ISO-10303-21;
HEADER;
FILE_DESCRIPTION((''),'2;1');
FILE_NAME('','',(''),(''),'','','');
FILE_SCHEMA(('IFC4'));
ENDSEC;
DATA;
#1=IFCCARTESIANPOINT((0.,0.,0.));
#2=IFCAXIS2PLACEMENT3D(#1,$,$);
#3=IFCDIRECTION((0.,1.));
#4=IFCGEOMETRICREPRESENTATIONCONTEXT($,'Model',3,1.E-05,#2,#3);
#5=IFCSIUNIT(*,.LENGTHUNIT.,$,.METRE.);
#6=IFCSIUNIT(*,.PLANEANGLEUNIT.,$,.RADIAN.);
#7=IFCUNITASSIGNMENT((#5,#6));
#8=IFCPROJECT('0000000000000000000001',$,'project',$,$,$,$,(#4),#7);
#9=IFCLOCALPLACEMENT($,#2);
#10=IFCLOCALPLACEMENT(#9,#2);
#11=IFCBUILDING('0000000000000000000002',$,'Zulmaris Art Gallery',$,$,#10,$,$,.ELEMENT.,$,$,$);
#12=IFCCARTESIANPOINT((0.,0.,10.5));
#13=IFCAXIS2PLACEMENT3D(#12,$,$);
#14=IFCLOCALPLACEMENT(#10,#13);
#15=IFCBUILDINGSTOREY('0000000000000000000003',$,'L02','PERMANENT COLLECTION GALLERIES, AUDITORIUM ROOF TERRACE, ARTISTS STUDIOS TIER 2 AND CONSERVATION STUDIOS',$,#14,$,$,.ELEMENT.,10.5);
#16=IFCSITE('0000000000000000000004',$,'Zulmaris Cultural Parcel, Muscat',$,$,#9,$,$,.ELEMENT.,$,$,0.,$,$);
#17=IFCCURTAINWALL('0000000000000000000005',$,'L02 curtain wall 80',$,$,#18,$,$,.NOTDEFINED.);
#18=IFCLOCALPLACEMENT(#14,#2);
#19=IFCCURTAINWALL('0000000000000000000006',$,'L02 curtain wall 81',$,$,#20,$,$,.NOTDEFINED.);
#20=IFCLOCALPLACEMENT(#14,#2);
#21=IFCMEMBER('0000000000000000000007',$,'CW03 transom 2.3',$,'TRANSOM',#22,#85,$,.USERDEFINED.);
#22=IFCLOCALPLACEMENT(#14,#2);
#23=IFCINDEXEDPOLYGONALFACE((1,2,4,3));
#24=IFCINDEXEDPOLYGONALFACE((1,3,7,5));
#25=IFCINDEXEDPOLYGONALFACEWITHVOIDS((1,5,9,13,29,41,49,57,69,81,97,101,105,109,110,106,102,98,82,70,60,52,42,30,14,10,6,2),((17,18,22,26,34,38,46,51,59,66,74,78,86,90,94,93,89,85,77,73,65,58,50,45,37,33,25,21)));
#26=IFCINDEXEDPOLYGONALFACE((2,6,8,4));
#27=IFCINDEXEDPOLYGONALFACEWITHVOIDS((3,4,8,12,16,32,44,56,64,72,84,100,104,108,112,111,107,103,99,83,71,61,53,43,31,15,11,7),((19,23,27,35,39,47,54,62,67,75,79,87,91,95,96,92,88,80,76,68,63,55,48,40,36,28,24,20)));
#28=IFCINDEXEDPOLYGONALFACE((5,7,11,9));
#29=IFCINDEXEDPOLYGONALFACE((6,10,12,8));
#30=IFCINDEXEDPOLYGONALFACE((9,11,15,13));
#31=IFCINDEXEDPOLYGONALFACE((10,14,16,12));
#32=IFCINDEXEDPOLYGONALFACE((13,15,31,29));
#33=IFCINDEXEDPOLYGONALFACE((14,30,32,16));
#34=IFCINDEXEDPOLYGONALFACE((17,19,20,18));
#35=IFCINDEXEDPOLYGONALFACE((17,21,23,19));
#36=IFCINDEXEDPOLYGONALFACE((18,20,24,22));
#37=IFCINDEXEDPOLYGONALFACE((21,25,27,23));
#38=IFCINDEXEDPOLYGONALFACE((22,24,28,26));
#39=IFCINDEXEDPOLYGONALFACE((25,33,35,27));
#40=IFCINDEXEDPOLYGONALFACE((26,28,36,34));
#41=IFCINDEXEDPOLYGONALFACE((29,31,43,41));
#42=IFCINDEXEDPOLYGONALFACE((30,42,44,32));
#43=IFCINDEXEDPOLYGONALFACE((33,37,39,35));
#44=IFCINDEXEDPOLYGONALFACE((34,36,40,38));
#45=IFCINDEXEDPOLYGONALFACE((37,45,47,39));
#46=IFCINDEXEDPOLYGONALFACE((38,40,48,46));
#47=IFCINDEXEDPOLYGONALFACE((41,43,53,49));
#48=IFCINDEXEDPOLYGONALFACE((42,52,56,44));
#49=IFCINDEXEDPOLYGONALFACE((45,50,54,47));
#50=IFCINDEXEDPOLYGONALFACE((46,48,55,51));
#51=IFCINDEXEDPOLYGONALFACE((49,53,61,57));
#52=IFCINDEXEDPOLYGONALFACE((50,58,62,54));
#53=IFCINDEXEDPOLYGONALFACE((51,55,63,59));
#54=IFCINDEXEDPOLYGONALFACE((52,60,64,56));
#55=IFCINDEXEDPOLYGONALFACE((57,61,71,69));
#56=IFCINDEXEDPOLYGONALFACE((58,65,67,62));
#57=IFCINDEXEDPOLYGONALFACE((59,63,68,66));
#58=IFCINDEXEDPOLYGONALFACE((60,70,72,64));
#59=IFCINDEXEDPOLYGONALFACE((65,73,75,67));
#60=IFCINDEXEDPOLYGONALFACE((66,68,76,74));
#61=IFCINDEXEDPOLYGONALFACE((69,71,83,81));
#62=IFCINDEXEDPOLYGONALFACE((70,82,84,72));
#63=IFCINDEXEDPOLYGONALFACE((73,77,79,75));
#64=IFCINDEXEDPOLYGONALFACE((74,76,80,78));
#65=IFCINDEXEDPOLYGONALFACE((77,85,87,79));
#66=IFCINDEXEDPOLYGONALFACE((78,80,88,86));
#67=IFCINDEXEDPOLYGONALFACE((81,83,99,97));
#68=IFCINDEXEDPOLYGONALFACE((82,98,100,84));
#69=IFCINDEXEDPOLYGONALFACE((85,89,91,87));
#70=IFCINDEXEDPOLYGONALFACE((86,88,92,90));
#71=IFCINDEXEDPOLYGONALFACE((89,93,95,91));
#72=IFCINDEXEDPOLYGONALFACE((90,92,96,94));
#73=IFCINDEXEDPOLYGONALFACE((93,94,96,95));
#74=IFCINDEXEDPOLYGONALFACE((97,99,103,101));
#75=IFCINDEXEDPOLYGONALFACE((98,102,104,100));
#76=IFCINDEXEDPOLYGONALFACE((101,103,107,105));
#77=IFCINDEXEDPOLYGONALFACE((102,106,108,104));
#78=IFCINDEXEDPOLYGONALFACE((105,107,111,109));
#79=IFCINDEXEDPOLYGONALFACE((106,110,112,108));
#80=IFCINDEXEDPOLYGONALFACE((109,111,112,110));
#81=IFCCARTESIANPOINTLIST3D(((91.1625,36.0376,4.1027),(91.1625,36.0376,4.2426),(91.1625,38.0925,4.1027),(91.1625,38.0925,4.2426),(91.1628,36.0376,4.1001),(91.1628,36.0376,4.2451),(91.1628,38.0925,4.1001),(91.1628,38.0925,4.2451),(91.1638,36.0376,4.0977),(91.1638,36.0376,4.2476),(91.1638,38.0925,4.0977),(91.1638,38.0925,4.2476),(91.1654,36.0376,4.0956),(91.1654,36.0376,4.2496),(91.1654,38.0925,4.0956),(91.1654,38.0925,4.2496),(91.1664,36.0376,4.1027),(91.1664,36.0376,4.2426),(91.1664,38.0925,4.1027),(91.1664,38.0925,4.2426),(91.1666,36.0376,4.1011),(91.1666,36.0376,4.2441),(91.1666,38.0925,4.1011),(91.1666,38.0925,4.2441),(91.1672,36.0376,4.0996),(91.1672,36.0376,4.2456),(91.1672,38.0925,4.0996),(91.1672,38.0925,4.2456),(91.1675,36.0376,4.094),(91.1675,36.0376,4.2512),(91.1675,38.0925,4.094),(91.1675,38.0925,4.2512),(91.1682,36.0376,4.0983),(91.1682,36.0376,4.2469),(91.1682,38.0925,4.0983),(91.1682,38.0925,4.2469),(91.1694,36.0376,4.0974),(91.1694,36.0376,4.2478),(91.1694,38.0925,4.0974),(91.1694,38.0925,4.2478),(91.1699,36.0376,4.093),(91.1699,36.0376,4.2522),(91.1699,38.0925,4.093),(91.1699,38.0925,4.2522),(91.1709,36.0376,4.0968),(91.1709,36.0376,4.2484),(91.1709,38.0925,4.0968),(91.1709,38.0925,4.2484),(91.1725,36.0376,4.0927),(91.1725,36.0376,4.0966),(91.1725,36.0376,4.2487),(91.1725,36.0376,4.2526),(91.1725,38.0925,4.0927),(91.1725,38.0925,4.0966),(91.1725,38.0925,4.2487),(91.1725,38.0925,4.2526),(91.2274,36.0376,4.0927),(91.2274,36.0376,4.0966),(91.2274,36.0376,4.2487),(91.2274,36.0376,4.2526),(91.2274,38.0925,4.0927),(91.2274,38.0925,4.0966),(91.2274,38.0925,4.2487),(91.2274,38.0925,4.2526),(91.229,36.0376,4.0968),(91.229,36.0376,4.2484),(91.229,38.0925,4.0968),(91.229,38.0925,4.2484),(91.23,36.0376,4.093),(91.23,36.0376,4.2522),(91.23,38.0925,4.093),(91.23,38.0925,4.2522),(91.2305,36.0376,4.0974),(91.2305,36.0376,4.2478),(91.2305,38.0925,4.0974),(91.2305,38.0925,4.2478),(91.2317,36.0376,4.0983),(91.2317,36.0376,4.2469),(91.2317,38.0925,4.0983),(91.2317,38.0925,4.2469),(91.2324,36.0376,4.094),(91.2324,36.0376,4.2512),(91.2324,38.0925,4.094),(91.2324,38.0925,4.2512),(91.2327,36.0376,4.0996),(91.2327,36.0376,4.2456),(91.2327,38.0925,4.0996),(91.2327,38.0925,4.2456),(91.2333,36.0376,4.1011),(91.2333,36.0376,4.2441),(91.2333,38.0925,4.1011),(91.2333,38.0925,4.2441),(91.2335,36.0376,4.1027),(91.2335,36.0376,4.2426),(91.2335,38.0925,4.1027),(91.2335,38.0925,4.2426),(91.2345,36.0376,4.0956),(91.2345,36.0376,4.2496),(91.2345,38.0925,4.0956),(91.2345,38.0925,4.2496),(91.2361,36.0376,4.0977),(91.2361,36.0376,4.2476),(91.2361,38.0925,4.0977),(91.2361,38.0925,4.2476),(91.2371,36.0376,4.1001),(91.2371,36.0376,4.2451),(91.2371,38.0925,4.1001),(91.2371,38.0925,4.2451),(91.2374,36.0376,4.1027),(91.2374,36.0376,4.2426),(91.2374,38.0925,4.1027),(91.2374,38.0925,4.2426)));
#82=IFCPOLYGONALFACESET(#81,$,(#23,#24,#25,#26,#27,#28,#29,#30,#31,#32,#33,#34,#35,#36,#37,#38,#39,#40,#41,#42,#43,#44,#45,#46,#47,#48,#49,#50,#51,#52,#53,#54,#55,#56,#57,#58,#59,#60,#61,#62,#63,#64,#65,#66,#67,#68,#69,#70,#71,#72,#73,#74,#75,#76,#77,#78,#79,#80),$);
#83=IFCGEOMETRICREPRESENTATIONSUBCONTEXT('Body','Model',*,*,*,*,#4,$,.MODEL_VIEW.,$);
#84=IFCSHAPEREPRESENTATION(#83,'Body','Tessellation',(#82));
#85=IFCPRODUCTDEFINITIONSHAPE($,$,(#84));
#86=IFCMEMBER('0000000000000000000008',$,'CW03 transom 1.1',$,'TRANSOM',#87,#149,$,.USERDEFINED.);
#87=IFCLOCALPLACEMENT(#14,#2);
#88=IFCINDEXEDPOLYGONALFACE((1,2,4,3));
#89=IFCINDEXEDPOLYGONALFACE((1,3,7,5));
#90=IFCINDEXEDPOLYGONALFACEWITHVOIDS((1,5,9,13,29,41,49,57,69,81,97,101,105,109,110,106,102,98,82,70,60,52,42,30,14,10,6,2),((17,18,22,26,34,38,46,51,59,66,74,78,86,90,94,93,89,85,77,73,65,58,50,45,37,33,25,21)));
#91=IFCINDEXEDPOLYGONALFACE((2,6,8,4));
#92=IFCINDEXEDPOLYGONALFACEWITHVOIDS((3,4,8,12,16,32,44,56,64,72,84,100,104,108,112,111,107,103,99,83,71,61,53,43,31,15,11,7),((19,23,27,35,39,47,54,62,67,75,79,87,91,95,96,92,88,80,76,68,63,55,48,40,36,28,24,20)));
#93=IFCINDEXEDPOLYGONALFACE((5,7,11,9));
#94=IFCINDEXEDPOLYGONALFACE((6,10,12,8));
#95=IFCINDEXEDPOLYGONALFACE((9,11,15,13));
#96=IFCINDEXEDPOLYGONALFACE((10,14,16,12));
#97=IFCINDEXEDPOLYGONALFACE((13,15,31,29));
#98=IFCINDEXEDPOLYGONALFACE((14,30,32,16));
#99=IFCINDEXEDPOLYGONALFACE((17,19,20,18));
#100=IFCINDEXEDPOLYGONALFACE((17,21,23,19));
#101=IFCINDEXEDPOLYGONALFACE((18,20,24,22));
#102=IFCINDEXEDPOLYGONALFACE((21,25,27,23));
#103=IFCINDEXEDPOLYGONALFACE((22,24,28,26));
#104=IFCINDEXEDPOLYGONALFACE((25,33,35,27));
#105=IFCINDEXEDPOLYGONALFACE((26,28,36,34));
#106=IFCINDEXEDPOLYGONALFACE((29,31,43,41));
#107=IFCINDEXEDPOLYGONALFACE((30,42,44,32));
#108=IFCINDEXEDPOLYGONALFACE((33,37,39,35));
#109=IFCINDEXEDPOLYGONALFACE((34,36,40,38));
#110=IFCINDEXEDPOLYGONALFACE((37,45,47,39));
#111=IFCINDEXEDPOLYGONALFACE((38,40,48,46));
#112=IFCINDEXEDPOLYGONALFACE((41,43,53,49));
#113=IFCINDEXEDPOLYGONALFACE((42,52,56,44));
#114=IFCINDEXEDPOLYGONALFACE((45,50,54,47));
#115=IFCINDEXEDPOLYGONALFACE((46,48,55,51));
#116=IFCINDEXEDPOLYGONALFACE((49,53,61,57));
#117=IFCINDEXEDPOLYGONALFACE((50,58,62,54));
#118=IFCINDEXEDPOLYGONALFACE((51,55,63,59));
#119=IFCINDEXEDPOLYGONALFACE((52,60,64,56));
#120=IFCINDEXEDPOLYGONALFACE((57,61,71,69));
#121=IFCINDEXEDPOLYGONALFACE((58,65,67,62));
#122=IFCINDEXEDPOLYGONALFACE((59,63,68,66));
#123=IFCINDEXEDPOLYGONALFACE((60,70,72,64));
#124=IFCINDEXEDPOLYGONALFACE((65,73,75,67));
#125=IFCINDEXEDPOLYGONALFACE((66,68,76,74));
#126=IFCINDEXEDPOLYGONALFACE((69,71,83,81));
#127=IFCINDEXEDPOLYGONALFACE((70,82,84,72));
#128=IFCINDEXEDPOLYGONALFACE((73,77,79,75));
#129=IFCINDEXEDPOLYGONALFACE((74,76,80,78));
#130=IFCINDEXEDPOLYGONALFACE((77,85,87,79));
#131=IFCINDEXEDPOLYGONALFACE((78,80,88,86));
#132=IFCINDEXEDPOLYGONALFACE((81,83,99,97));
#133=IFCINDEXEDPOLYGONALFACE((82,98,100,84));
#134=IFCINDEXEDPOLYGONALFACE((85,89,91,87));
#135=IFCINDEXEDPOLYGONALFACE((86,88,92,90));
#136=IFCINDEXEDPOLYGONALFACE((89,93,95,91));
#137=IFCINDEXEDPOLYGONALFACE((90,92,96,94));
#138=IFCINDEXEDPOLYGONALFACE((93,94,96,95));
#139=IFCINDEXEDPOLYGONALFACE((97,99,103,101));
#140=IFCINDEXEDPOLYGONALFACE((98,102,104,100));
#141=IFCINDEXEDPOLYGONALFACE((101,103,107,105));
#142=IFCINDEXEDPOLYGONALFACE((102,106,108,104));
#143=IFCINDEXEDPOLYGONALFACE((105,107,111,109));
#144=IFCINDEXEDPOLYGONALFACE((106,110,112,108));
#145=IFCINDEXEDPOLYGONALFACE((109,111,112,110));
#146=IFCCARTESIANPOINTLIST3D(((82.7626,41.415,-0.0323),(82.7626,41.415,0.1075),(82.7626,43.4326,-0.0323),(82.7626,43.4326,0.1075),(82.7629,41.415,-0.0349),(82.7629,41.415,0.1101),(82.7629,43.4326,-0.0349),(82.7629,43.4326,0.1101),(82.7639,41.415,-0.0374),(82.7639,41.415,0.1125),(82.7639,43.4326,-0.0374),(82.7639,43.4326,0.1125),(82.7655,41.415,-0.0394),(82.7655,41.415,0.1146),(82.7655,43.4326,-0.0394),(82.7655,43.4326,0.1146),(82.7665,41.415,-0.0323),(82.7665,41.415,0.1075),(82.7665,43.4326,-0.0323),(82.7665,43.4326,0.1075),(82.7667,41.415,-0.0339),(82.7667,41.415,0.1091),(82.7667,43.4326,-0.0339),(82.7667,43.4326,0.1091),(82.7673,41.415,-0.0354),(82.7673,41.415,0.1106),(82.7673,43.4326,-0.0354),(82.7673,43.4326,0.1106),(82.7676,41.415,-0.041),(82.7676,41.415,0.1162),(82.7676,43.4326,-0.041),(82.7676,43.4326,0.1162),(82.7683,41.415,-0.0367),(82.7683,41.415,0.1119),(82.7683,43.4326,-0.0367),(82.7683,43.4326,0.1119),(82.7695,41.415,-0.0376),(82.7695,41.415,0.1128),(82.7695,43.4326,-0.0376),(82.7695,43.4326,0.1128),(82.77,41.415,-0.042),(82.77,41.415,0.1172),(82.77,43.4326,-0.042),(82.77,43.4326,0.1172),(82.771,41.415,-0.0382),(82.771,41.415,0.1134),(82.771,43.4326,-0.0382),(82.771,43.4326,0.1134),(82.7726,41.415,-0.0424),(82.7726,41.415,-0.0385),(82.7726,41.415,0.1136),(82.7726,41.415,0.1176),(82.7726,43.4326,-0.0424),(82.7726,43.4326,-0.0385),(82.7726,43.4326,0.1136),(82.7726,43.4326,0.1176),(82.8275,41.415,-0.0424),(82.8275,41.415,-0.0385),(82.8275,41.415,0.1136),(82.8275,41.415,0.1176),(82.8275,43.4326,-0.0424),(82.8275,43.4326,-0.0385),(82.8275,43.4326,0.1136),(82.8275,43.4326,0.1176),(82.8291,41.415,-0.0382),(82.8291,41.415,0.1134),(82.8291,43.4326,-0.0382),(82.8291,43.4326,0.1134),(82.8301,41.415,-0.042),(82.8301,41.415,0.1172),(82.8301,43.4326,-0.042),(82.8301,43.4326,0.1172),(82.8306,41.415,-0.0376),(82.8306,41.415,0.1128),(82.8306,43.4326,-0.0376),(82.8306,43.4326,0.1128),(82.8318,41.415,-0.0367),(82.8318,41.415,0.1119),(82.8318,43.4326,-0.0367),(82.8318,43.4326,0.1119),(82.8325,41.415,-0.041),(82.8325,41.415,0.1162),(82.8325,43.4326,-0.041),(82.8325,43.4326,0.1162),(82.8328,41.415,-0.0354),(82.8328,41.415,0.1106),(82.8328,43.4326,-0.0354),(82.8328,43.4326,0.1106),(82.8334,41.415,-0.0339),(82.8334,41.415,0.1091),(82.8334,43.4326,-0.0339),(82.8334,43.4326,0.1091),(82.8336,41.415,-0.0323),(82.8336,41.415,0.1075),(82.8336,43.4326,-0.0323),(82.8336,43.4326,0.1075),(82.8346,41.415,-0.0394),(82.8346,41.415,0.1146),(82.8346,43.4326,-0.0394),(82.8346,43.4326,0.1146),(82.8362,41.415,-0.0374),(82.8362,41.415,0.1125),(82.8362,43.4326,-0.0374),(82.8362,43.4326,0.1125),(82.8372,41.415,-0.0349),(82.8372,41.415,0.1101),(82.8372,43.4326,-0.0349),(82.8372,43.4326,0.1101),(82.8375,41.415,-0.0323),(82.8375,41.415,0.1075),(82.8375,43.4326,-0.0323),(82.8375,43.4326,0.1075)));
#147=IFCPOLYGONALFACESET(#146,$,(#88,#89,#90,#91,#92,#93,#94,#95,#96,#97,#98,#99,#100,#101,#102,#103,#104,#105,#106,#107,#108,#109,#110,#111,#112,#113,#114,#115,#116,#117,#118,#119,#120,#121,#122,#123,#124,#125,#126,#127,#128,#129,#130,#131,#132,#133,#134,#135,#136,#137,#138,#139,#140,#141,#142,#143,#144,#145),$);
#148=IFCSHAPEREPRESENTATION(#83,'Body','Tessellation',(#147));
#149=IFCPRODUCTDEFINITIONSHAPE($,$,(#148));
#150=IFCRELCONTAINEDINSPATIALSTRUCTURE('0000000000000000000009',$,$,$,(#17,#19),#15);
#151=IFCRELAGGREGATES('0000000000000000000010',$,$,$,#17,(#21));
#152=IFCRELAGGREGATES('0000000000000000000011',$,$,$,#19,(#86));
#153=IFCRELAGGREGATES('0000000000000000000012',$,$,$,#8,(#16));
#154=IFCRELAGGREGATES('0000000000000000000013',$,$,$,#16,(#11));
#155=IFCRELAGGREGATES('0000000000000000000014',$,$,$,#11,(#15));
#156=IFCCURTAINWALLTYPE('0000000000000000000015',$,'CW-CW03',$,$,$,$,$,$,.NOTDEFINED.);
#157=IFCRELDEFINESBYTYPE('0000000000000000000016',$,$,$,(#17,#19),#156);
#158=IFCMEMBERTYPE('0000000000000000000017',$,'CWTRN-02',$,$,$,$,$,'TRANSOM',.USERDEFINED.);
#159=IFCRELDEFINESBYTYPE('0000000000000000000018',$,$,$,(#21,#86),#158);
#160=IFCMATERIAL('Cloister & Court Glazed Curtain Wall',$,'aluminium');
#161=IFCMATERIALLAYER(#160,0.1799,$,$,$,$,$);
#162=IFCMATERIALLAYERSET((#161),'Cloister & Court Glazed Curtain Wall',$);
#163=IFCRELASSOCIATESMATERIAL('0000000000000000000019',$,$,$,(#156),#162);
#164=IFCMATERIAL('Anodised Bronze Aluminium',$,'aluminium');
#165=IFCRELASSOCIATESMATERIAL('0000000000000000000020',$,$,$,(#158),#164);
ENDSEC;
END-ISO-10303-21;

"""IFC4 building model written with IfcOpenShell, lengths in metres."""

from ifc_helpers import new_model, si_unit, direction, frame, origin, origin_2d, place, context, subcontext, project, spatial, hollow_rectangle, extrude, material, layer, layer_set, material_profile, profile_set, type_object, element, aggregate, save


model = new_model("IFC4")

# Units and contexts
model_context = context("Model", 3, precision=1e-05, world=origin(), true_north=direction((0.0, 1.0)))
body_context = subcontext(model_context, "Body", "Model", "MODEL_VIEW")
ifc_project = project(units=[si_unit("LENGTHUNIT", "METRE"), si_unit("PLANEANGLEUNIT", "RADIAN")], contexts=[model_context])

# Site, building, storey
site_placement = place(None, origin())
site = spatial("IfcSite", under=ifc_project, at=site_placement, Name="Zulmaris Cultural Parcel, Muscat", CompositionType="ELEMENT", RefElevation=0.0)
building_placement = place(site_placement, origin())
building = spatial("IfcBuilding", under=site, at=building_placement, Name="Zulmaris Art Gallery", CompositionType="ELEMENT")
storey_placement = place(building_placement, frame((0.0, 0.0, 10.5)))
storey = spatial("IfcBuildingStorey", under=building, at=storey_placement, Name="L02", Description="PERMANENT COLLECTION GALLERIES, AUDITORIUM ROOF TERRACE, ARTISTS STUDIOS TIER 2 AND CONSERVATION STUDIOS", CompositionType="ELEMENT", Elevation=10.5)

# Curtain wall
ifc_material_1 = material(Name="Cloister & Court Glazed Curtain Wall", Category="aluminium")
ifc_layer_1 = layer(ifc_material_1, 0.1799)
ifc_layer_set_1 = layer_set([ifc_layer_1], Name="Cloister & Court Glazed Curtain Wall")
curtain_wall_type = type_object("IfcCurtainWallType", Name="CW-CW03", PredefinedType="NOTDEFINED", material=ifc_layer_set_1)
curtain_wall_1_placement = place(storey_placement, origin())
curtain_wall_1 = element("IfcCurtainWall", 1, at=curtain_wall_1_placement, inside=storey, type_object=curtain_wall_type, Name="L02 curtain wall 80", PredefinedType="NOTDEFINED")
ifc_material_2 = material(Name="Anodised Bronze Aluminium", Category="aluminium")

# Curtain wall
curtain_wall_2_placement = place(storey_placement, origin())
curtain_wall_2 = element("IfcCurtainWall", 2, at=curtain_wall_2_placement, inside=storey, type_object=curtain_wall_type, Name="L02 curtain wall 81", PredefinedType="NOTDEFINED")

# Shared definitions
ifc_material_profile_1 = material_profile(ifc_material_2, hollow_rectangle(XDim=0.075, YDim=0.1599, WallThickness=0.0039, InnerFilletRadius=0.0061, OuterFilletRadius=0.01, at=origin_2d()), Name="ALU 75x160x4")
ifc_profile_set_1 = profile_set([ifc_material_profile_1], Name="Anodised Bronze Aluminium")
member_type_1 = type_object("IfcMemberType", Name="CWTRN-02", ElementType="TRANSOM", PredefinedType="USERDEFINED", material=ifc_profile_set_1)

# Members
member_1_placement = place(storey_placement, frame((91.2, 38.0925, 4.1726), z_axis=(0.0, -1.0, 0.0), x_axis=(1.0, 0.0, 0.0)))
member_1 = element("IfcMember", 3, at=member_1_placement, type_object=member_type_1, Name="CW03 transom 2.3", ObjectType="TRANSOM", PredefinedType="USERDEFINED", context=body_context, shape_type="SweptSolid", body=[
    extrude(hollow_rectangle(XDim=0.075, YDim=0.1599, WallThickness=0.0039, InnerFilletRadius=0.0061, OuterFilletRadius=0.01, at=origin_2d()), origin(), (0.0, 0.0, 1.0), 2.0549),
])
member_2_placement = place(storey_placement, frame((82.8, 41.415, 0.0376), z_axis=(0.0, 1.0, 0.0), x_axis=(-1.0, 0.0, 0.0)))
member_2 = element("IfcMember", 4, at=member_2_placement, type_object=member_type_1, Name="CW03 transom 1.1", ObjectType="TRANSOM", PredefinedType="USERDEFINED", context=body_context, shape_type="SweptSolid", body=[
    extrude(hollow_rectangle(XDim=0.075, YDim=0.1599, WallThickness=0.0039, InnerFilletRadius=0.0061, OuterFilletRadius=0.01, at=origin_2d()), origin(), (0.0, 0.0, 1.0), 2.0176),
])

aggregate(curtain_wall_1, [member_1])
aggregate(curtain_wall_2, [member_2])

save(model, "model.ifc")
